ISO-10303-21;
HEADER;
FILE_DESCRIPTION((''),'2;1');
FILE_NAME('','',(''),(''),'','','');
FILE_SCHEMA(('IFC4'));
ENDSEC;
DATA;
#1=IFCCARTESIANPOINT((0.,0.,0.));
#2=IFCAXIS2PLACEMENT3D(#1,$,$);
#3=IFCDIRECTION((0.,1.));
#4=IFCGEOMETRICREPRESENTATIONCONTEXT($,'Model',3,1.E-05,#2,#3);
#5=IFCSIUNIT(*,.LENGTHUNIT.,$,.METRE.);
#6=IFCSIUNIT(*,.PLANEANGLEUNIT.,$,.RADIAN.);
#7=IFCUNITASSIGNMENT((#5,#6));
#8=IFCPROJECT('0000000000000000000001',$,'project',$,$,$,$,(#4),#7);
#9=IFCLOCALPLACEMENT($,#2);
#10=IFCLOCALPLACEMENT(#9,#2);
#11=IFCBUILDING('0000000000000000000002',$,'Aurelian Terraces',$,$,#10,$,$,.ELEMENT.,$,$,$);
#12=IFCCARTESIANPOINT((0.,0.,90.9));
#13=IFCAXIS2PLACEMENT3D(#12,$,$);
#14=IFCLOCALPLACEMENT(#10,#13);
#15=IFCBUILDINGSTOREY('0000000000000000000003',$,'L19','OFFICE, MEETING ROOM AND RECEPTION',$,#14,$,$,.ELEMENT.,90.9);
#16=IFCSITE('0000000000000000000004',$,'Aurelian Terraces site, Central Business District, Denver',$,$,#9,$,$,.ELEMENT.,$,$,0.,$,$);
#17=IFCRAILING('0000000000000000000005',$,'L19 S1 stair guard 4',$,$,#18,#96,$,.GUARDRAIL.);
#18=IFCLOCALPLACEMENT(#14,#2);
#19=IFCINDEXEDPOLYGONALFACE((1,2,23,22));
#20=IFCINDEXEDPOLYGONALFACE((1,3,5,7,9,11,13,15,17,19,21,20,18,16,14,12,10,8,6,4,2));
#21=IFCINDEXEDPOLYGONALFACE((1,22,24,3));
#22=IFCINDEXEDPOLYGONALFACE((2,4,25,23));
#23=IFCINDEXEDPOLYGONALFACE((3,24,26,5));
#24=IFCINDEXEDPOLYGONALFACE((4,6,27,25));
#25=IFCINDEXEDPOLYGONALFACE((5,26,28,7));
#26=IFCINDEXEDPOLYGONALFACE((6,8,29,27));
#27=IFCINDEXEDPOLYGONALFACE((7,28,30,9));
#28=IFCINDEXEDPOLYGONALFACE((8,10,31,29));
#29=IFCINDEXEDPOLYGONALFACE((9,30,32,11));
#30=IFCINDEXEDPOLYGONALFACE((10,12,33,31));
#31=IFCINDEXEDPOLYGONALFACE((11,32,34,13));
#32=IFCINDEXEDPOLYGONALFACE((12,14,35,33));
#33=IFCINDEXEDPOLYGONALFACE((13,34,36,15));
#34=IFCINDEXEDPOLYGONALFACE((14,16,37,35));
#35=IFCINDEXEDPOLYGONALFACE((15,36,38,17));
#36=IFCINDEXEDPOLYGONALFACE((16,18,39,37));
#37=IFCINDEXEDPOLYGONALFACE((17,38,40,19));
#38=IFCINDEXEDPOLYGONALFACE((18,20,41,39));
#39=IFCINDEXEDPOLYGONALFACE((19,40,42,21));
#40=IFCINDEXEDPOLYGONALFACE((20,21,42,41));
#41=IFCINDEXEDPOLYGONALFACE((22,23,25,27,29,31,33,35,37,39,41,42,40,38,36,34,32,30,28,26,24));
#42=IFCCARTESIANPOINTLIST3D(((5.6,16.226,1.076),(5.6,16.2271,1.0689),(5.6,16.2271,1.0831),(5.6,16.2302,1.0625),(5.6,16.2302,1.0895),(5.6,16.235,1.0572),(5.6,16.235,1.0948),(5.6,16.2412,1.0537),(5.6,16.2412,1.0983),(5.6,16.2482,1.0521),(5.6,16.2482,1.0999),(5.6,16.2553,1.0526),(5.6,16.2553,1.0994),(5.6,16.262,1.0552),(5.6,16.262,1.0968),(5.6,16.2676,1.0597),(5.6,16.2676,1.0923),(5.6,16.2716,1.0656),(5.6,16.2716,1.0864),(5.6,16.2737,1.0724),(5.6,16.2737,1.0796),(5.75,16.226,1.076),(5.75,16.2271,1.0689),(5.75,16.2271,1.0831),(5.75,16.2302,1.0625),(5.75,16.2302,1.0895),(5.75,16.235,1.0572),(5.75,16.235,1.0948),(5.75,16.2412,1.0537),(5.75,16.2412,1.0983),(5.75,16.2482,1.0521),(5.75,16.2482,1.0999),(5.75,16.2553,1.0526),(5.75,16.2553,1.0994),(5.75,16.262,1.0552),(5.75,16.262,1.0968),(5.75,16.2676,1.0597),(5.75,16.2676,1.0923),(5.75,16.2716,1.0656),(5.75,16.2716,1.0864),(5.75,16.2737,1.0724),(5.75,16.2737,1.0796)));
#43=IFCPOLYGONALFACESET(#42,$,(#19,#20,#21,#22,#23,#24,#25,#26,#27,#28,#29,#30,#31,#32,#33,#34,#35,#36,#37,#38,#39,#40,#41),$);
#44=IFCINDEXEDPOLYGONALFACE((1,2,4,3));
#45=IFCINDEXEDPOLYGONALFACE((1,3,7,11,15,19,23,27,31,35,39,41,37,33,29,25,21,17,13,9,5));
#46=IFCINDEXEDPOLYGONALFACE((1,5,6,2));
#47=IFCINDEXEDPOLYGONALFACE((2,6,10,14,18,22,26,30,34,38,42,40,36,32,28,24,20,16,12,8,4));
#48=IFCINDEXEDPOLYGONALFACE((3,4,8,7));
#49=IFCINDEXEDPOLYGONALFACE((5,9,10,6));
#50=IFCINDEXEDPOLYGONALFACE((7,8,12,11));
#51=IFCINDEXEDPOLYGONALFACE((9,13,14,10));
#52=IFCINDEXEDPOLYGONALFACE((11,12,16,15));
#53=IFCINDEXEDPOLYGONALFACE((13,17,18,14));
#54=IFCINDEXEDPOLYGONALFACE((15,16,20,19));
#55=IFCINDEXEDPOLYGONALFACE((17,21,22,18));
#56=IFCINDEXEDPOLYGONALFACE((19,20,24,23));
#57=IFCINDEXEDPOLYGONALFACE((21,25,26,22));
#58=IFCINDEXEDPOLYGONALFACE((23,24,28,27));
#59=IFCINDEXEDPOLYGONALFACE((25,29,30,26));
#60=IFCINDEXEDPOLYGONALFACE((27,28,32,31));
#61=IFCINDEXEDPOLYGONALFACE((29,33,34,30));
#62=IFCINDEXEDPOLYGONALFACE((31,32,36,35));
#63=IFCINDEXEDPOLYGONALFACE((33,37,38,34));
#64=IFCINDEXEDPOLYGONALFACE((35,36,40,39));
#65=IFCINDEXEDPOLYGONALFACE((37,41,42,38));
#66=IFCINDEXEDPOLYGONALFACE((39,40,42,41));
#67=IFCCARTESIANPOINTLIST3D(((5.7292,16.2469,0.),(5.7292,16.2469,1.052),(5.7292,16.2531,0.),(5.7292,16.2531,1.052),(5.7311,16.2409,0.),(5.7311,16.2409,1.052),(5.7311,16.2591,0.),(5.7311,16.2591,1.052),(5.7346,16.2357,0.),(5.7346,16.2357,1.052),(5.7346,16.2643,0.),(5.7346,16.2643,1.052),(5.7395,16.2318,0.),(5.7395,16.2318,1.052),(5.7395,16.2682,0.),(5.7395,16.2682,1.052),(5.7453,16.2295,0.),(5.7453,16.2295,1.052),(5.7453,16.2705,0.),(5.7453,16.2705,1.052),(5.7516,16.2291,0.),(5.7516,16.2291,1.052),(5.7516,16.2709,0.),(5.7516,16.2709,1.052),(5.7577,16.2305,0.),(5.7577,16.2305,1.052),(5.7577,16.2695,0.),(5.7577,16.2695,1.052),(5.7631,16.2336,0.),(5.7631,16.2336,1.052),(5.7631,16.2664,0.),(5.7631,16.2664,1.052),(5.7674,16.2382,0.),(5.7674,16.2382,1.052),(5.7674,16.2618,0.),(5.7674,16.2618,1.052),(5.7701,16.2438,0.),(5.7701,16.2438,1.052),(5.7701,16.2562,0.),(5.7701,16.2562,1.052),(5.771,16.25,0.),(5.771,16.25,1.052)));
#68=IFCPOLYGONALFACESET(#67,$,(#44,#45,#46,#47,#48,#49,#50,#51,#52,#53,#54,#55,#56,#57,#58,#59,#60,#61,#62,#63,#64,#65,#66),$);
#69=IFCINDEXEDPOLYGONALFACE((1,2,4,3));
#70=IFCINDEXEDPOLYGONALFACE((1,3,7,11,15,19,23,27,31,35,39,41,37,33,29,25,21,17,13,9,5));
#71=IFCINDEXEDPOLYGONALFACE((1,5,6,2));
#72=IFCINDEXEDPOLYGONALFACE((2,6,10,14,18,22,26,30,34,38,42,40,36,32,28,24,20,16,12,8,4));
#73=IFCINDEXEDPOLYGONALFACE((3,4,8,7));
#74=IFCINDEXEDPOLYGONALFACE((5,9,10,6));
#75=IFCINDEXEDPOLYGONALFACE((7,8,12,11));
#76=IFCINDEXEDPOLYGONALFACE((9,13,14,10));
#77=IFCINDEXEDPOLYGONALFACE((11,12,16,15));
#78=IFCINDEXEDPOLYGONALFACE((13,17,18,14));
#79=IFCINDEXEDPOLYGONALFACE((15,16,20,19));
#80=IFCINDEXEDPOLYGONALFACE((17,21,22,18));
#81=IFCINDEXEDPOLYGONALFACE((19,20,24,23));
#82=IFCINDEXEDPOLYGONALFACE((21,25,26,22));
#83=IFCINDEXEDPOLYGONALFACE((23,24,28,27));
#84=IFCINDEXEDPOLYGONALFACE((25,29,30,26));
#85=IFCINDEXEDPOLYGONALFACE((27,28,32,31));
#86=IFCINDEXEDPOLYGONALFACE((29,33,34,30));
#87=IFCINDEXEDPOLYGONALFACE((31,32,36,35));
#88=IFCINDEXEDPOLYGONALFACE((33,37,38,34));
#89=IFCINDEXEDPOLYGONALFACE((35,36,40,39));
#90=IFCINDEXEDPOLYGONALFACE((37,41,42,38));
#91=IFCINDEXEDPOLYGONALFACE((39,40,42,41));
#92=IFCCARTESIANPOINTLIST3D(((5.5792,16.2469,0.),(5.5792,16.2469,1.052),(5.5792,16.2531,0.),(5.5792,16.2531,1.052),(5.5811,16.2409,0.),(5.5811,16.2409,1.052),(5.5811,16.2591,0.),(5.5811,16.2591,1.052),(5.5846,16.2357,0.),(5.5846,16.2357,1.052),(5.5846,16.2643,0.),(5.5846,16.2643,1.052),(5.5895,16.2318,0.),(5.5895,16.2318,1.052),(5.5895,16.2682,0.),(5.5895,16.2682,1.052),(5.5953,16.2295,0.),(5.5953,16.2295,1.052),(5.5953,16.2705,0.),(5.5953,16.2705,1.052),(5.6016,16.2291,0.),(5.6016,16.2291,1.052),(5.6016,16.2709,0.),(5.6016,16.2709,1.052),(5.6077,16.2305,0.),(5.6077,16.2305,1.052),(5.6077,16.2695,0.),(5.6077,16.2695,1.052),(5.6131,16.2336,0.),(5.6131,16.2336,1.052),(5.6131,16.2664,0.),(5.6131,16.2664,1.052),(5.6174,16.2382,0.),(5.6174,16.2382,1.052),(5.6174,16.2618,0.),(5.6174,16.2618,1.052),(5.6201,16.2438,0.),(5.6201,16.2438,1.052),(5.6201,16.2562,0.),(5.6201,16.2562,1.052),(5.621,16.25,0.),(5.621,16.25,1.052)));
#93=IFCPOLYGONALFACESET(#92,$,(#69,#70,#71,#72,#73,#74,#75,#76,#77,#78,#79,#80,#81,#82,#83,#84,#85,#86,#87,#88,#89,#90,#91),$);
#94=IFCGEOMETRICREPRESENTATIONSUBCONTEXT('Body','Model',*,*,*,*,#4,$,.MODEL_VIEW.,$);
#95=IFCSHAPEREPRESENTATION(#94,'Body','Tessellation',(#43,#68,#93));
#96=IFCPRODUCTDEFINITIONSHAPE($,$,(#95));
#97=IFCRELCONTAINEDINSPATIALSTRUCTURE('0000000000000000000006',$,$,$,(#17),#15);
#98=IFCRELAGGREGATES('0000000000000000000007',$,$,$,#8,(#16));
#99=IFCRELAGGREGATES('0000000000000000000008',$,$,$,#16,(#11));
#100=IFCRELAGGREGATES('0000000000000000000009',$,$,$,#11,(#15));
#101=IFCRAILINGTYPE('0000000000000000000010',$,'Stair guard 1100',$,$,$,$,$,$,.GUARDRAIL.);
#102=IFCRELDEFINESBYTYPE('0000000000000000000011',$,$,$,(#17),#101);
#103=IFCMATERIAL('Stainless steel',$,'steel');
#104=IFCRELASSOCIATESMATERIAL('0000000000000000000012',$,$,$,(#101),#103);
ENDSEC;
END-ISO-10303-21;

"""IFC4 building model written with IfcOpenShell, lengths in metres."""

from ifc_helpers import new_model, si_unit, direction, frame, origin, origin_2d, place, context, subcontext, project, spatial, circle, extrude, source, transform, mapped, material, type_object, element, save


model = new_model("IFC4")

# Units and contexts
model_context = context("Model", 3, precision=1e-05, world=origin(), true_north=direction((0.0, 1.0)))
body_context = subcontext(model_context, "Body", "Model", "MODEL_VIEW")
ifc_project = project(units=[si_unit("LENGTHUNIT", "METRE"), si_unit("PLANEANGLEUNIT", "RADIAN")], contexts=[model_context])

# Site, building, storey
site_placement = place(None, origin())
site = spatial("IfcSite", under=ifc_project, at=site_placement, Name="Aurelian Terraces site, Central Business District, Denver", CompositionType="ELEMENT", RefElevation=0.0)
building_placement = place(site_placement, origin())
building = spatial("IfcBuilding", under=site, at=building_placement, Name="Aurelian Terraces", CompositionType="ELEMENT")
storey_placement = place(building_placement, frame((0.0, 0.0, 90.9)))
storey = spatial("IfcBuildingStorey", under=building, at=storey_placement, Name="L19", Description="OFFICE, MEETING ROOM AND RECEPTION", CompositionType="ELEMENT", Elevation=90.9)

# Shared definitions
ifc_material_1 = material(Name="Stainless steel", Category="steel")

# Railing
railing_type_1 = type_object("IfcRailingType", Name="Stair guard 1100", PredefinedType="GUARDRAIL", material=ifc_material_1)
shared_shape_1 = source(origin(), body_context, "Body", "SweptSolid", [
    extrude(circle(Radius=0.024, at=origin_2d()), frame((0.0, 0.0, 1.076), z_axis=(-1.0, 0.0, 0.0), x_axis=(0.0, -1.0, 0.0)), (0.0, 0.0, 1.0), 0.15),
    extrude(circle(Radius=0.021, at=origin_2d()), origin(), (0.0, 0.0, 1.0), 1.052),
    extrude(circle(Radius=0.021, at=origin_2d()), frame((-0.15, 0.0, 0.0)), (0.0, 0.0, 1.0), 1.052),
])
for number, where, name in (
    (1, (5.75, 16.25, 0.0), "L19 S1 stair guard 4"),
):
    element("IfcRailing", number, at=place(storey_placement, frame(where)), inside=storey, type_object=railing_type_1, Name=name, PredefinedType="GUARDRAIL", context=body_context, shape_type="MappedRepresentation", body=[
        mapped(shared_shape_1, transform((0.0, 0.0, 0.0), scale=1.0)),
    ])

save(model, "model.ifc")
